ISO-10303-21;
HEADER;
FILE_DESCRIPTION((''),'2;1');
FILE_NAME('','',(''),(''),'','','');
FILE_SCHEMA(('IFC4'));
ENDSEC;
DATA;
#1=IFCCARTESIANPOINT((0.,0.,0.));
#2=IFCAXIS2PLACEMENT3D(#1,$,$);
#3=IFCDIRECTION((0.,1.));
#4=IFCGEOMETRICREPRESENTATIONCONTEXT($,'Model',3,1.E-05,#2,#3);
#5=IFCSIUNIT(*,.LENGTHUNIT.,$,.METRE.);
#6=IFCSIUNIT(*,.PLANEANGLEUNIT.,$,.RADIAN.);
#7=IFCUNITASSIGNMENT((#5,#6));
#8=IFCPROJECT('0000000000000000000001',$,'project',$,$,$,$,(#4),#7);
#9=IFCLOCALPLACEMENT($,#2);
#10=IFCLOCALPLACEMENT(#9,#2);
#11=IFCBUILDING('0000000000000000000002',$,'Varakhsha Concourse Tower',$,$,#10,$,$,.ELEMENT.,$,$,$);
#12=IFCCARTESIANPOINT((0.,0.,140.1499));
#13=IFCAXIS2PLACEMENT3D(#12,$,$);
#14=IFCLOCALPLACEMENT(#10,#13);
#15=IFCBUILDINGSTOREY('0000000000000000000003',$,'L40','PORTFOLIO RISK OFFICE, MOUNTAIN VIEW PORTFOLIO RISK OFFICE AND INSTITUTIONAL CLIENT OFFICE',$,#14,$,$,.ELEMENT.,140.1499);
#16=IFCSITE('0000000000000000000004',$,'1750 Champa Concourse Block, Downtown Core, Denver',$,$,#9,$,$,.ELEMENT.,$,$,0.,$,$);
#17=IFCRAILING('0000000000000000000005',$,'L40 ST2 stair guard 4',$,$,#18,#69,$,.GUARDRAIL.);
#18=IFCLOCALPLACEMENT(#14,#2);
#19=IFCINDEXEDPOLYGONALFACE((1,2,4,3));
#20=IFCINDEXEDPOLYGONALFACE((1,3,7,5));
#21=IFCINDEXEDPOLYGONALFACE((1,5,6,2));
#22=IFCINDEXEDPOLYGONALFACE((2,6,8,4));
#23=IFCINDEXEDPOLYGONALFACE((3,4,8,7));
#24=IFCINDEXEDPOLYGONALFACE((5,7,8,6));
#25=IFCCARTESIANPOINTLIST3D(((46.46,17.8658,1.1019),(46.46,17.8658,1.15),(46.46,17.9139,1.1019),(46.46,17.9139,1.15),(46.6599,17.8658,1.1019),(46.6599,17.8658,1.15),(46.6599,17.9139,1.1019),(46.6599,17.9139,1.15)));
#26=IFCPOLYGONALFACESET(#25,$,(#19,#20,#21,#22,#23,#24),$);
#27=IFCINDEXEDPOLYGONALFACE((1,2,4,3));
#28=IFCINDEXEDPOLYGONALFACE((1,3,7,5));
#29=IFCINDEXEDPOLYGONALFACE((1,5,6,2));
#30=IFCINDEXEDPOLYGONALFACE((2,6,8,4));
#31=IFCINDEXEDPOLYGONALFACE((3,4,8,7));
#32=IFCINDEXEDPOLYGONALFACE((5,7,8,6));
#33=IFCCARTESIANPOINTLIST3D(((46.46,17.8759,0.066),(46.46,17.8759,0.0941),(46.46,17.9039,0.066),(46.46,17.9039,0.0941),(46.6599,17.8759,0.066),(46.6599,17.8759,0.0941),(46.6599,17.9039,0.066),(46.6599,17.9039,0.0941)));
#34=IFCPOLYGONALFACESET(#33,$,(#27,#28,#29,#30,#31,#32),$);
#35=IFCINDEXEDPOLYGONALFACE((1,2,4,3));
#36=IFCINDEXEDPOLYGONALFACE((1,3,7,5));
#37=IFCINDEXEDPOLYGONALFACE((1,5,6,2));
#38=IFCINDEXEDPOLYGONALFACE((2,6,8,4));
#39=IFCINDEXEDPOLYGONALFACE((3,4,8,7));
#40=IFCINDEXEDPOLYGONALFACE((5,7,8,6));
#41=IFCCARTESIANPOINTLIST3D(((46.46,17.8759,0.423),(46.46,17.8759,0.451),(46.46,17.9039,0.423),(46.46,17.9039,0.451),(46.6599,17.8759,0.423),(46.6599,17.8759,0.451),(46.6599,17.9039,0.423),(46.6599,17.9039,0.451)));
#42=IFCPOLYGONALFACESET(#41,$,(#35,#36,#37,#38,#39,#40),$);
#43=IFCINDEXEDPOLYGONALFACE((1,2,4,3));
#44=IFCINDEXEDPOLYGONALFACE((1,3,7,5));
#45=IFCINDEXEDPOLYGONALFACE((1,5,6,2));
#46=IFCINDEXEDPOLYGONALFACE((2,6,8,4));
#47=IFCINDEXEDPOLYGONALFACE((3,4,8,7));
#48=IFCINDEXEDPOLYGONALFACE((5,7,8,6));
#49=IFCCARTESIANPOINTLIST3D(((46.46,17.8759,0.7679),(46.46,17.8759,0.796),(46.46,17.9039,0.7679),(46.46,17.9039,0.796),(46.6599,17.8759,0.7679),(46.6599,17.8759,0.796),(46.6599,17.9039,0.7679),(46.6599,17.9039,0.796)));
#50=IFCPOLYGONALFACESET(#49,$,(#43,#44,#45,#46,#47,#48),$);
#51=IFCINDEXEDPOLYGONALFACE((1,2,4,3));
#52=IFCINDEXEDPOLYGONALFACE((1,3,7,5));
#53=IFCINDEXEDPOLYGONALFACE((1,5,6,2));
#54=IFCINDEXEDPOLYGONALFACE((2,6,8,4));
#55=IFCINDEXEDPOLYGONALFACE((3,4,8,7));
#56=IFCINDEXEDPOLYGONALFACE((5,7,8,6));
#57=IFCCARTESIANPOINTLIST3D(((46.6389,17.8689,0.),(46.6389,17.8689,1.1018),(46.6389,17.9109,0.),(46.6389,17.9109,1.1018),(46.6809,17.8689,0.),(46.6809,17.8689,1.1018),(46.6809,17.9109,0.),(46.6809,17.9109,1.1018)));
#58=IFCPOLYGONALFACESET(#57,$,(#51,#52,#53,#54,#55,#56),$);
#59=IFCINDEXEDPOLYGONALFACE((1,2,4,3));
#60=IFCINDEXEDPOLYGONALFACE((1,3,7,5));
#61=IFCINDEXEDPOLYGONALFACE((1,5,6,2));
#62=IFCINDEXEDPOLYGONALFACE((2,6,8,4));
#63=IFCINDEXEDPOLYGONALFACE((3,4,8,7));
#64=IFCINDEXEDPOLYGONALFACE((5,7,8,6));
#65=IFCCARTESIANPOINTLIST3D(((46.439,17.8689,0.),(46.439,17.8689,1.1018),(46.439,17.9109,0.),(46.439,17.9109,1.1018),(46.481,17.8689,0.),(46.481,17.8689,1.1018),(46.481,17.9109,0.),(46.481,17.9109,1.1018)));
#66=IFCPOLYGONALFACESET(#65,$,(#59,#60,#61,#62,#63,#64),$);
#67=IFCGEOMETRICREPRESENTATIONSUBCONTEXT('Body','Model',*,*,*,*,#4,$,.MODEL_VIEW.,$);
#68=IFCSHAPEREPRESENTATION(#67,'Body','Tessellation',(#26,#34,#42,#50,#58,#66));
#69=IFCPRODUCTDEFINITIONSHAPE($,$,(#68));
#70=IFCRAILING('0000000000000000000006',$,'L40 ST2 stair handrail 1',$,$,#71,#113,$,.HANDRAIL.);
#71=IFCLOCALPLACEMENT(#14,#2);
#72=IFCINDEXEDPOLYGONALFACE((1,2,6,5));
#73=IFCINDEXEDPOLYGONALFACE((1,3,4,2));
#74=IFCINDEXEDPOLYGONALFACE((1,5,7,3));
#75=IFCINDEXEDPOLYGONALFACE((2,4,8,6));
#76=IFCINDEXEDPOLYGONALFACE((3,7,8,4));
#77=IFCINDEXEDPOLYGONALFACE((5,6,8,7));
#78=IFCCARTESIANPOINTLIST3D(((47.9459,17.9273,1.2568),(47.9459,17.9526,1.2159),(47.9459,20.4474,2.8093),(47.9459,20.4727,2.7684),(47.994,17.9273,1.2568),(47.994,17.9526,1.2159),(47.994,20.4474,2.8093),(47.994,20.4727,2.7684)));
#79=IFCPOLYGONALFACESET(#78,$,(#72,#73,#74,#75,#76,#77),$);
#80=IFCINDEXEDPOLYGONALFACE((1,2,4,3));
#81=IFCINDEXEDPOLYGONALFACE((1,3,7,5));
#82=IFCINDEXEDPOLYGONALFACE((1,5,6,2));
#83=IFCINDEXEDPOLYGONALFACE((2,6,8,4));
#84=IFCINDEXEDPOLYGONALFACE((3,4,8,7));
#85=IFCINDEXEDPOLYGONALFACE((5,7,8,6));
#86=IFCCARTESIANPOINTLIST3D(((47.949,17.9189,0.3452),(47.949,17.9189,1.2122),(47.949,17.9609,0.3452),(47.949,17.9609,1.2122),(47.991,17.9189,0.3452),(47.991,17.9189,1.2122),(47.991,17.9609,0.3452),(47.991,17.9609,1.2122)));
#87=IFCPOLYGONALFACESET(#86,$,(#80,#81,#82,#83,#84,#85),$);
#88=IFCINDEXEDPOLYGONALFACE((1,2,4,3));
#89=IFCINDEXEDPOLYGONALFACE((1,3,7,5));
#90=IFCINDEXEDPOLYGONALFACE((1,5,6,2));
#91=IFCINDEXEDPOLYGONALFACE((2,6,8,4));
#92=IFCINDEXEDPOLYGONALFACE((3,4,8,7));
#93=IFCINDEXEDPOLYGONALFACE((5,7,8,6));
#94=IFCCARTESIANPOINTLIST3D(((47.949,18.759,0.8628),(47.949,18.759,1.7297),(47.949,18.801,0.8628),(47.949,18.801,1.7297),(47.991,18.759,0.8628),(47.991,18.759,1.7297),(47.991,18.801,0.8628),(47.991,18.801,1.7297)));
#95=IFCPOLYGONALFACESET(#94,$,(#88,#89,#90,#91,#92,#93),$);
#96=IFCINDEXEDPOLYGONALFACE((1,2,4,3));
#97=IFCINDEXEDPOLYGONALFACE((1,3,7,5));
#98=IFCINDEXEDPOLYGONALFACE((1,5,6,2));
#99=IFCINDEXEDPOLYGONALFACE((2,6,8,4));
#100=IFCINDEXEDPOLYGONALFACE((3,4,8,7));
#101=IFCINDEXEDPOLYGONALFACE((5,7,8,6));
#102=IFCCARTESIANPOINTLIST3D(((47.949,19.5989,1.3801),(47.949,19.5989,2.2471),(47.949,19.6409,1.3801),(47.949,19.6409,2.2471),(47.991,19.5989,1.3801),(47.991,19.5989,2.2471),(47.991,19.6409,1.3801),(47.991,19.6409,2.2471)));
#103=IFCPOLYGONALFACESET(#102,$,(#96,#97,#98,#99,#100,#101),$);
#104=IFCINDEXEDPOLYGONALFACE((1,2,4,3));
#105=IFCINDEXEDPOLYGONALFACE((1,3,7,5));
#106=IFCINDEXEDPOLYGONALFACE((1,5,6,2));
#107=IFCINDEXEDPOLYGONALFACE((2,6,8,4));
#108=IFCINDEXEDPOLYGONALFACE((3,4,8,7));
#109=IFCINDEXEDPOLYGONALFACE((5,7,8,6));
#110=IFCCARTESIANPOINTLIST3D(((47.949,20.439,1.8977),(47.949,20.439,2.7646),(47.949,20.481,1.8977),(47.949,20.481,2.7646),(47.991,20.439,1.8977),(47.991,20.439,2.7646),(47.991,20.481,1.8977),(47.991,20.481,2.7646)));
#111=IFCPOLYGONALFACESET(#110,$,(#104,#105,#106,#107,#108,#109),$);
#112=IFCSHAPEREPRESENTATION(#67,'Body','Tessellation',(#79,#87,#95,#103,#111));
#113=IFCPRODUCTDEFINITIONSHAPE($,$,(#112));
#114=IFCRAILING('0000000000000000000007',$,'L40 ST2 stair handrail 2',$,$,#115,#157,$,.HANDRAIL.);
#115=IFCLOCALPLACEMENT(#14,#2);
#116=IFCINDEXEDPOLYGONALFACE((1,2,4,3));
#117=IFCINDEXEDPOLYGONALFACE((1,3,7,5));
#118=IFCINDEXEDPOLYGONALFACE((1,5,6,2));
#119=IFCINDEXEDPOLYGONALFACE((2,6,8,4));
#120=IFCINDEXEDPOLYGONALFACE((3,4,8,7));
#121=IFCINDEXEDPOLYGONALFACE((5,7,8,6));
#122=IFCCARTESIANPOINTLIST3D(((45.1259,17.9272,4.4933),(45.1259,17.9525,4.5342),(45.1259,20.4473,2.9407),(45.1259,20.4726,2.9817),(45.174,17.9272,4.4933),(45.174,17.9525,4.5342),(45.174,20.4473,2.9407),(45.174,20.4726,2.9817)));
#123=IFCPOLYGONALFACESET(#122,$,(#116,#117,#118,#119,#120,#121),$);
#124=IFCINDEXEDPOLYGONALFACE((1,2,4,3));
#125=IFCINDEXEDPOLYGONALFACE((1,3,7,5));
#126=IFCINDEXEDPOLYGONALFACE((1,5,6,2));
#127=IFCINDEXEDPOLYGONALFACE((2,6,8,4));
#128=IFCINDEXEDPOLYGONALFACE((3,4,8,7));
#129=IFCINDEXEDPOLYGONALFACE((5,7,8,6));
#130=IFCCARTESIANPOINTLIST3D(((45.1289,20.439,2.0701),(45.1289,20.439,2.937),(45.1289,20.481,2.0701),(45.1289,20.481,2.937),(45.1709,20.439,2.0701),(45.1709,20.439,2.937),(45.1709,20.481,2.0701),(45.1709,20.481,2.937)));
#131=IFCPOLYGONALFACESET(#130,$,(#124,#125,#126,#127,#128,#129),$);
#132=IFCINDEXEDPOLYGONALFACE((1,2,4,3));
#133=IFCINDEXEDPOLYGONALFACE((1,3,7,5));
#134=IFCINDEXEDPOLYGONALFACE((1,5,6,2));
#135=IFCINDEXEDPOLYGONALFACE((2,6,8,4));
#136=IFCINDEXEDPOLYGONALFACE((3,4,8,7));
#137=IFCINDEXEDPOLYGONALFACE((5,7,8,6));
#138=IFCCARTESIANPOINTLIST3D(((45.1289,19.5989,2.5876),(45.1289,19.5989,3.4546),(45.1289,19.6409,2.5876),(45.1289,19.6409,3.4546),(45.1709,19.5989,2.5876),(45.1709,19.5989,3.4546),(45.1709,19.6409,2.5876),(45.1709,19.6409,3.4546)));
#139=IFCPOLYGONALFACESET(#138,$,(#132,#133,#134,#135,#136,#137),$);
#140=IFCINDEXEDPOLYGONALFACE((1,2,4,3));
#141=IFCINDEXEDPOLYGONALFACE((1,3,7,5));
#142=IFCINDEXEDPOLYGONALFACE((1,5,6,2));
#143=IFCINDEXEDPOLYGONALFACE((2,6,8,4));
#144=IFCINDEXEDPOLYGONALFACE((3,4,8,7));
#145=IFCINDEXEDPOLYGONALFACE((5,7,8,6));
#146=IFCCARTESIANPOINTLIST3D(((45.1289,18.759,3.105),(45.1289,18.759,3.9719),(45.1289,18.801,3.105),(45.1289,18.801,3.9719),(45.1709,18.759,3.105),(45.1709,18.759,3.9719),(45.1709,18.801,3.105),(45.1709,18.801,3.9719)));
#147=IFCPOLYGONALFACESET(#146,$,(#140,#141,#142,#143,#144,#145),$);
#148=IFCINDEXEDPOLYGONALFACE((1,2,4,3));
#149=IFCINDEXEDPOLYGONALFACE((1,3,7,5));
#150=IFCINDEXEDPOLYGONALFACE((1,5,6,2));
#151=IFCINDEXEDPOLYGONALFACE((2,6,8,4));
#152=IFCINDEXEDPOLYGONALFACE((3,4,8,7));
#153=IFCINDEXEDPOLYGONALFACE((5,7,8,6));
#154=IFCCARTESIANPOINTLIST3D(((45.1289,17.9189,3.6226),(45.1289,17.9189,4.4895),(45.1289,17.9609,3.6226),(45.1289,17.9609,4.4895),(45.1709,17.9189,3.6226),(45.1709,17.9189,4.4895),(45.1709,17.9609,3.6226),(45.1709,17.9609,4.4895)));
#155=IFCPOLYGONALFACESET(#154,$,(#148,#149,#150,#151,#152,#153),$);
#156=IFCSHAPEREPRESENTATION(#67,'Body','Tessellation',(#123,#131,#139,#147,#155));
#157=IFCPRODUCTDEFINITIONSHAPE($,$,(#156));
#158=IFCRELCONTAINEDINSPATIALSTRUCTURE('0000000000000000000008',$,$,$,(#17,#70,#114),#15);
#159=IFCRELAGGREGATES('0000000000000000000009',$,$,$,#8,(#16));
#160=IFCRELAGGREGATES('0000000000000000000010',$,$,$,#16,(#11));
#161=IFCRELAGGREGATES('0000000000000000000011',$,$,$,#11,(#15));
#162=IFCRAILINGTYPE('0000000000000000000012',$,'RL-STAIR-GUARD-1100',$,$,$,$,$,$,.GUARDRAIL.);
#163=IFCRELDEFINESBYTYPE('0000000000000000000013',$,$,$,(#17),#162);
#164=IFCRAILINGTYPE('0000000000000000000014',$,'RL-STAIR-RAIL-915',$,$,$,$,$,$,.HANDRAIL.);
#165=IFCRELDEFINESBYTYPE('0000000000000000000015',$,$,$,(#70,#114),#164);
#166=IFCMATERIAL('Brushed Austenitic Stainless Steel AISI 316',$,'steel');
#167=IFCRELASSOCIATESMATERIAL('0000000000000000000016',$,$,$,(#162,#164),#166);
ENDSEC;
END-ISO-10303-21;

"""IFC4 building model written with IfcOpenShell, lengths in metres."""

from ifc_helpers import new_model, si_unit, direction, frame, origin, origin_2d, place, context, subcontext, project, spatial, rectangle, extrude, material, type_object, element, save


model = new_model("IFC4")

# Units and contexts
model_context = context("Model", 3, precision=1e-05, world=origin(), true_north=direction((0.0, 1.0)))
body_context = subcontext(model_context, "Body", "Model", "MODEL_VIEW")
ifc_project = project(units=[si_unit("LENGTHUNIT", "METRE"), si_unit("PLANEANGLEUNIT", "RADIAN")], contexts=[model_context])

# Site, building, storey
site_placement = place(None, origin())
site = spatial("IfcSite", under=ifc_project, at=site_placement, Name="1750 Champa Concourse Block, Downtown Core, Denver", CompositionType="ELEMENT", RefElevation=0.0)
building_placement = place(site_placement, origin())
building = spatial("IfcBuilding", under=site, at=building_placement, Name="Varakhsha Concourse Tower", CompositionType="ELEMENT")
storey_placement = place(building_placement, frame((0.0, 0.0, 140.1499)))
storey = spatial("IfcBuildingStorey", under=building, at=storey_placement, Name="L40", Description="PORTFOLIO RISK OFFICE, MOUNTAIN VIEW PORTFOLIO RISK OFFICE AND INSTITUTIONAL CLIENT OFFICE", CompositionType="ELEMENT", Elevation=140.1499)

# Railings
ifc_material_1 = material(Name="Brushed Austenitic Stainless Steel AISI 316", Category="steel")
railing_type_1 = type_object("IfcRailingType", Name="RL-STAIR-GUARD-1100", PredefinedType="GUARDRAIL", material=ifc_material_1)
railing_1_placement = place(storey_placement, frame((46.6599, 17.8899, 0.0)))
element("IfcRailing", 1, at=railing_1_placement, inside=storey, type_object=railing_type_1, Name="L40 ST2 stair guard 4", PredefinedType="GUARDRAIL", context=body_context, shape_type="SweptSolid", body=[
    extrude(rectangle(XDim=0.0481, YDim=0.0481, at=origin_2d()), frame((0.0, 0.0, 1.126), z_axis=(-1.0, 0.0, 0.0), x_axis=(0.0, -1.0, 0.0)), (0.0, 0.0, 1.0), 0.2),
    extrude(rectangle(XDim=0.0281, YDim=0.0281, at=origin_2d()), frame((0.0, 0.0, 0.0801), z_axis=(-1.0, 0.0, 0.0), x_axis=(0.0, -1.0, 0.0)), (0.0, 0.0, 1.0), 0.2),
    extrude(rectangle(XDim=0.0281, YDim=0.0281, at=origin_2d()), frame((0.0, 0.0, 0.437), z_axis=(-1.0, 0.0, 0.0), x_axis=(0.0, -1.0, 0.0)), (0.0, 0.0, 1.0), 0.2),
    extrude(rectangle(XDim=0.0281, YDim=0.0281, at=origin_2d()), frame((0.0, 0.0, 0.782), z_axis=(-1.0, 0.0, 0.0), x_axis=(0.0, -1.0, 0.0)), (0.0, 0.0, 1.0), 0.2),
    extrude(rectangle(XDim=0.042, YDim=0.042, at=origin_2d()), origin(), (0.0, 0.0, 1.0), 1.1018),
    extrude(rectangle(XDim=0.042, YDim=0.042, at=origin_2d()), frame((-0.2, 0.0, 0.0)), (0.0, 0.0, 1.0), 1.1018),
])
railing_type_2 = type_object("IfcRailingType", Name="RL-STAIR-RAIL-915", PredefinedType="HANDRAIL", material=ifc_material_1)
railing_2_placement = place(storey_placement, frame((47.97, 17.9399, 0.3452)))
element("IfcRailing", 2, at=railing_2_placement, inside=storey, type_object=railing_type_2, Name="L40 ST2 stair handrail 1", PredefinedType="HANDRAIL", context=body_context, shape_type="SweptSolid", body=[
    extrude(rectangle(XDim=0.0481, YDim=0.0481, at=origin_2d()), frame((0.0, 0.0, 0.8911), z_axis=(0.0, 0.8514, 0.524516), x_axis=(-1.0, 0.0, 0.0)), (0.0, 0.0, 1.0), 2.96),
    extrude(rectangle(XDim=0.042, YDim=0.042, at=origin_2d()), origin(), (0.0, 0.0, 1.0), 0.8669),
    extrude(rectangle(XDim=0.042, YDim=0.042, at=origin_2d()), frame((0.0, 0.8401, 0.5176)), (0.0, 0.0, 1.0), 0.8669),
    extrude(rectangle(XDim=0.042, YDim=0.042, at=origin_2d()), frame((0.0, 1.6799, 1.0349)), (0.0, 0.0, 1.0), 0.8669),
    extrude(rectangle(XDim=0.042, YDim=0.042, at=origin_2d()), frame((0.0, 2.52, 1.5525)), (0.0, 0.0, 1.0), 0.8669),
])
railing_3_placement = place(storey_placement, frame((45.1499, 20.46, 2.0701)))
element("IfcRailing", 3, at=railing_3_placement, inside=storey, type_object=railing_type_2, Name="L40 ST2 stair handrail 2", PredefinedType="HANDRAIL", context=body_context, shape_type="SweptSolid", body=[
    extrude(rectangle(XDim=0.0481, YDim=0.0481, at=origin_2d()), frame((0.0, 0.0, 0.8911), z_axis=(0.0, -0.8514, 0.524516), x_axis=(1.0, 0.0, 0.0)), (0.0, 0.0, 1.0), 2.96),
    extrude(rectangle(XDim=0.042, YDim=0.042, at=origin_2d()), origin(), (0.0, 0.0, 1.0), 0.8669),
    extrude(rectangle(XDim=0.042, YDim=0.042, at=origin_2d()), frame((0.0, -0.8401, 0.5176)), (0.0, 0.0, 1.0), 0.8669),
    extrude(rectangle(XDim=0.042, YDim=0.042, at=origin_2d()), frame((0.0, -1.6799, 1.0349)), (0.0, 0.0, 1.0), 0.8669),
    extrude(rectangle(XDim=0.042, YDim=0.042, at=origin_2d()), frame((0.0, -2.52, 1.5525)), (0.0, 0.0, 1.0), 0.8669),
])

save(model, "model.ifc")
